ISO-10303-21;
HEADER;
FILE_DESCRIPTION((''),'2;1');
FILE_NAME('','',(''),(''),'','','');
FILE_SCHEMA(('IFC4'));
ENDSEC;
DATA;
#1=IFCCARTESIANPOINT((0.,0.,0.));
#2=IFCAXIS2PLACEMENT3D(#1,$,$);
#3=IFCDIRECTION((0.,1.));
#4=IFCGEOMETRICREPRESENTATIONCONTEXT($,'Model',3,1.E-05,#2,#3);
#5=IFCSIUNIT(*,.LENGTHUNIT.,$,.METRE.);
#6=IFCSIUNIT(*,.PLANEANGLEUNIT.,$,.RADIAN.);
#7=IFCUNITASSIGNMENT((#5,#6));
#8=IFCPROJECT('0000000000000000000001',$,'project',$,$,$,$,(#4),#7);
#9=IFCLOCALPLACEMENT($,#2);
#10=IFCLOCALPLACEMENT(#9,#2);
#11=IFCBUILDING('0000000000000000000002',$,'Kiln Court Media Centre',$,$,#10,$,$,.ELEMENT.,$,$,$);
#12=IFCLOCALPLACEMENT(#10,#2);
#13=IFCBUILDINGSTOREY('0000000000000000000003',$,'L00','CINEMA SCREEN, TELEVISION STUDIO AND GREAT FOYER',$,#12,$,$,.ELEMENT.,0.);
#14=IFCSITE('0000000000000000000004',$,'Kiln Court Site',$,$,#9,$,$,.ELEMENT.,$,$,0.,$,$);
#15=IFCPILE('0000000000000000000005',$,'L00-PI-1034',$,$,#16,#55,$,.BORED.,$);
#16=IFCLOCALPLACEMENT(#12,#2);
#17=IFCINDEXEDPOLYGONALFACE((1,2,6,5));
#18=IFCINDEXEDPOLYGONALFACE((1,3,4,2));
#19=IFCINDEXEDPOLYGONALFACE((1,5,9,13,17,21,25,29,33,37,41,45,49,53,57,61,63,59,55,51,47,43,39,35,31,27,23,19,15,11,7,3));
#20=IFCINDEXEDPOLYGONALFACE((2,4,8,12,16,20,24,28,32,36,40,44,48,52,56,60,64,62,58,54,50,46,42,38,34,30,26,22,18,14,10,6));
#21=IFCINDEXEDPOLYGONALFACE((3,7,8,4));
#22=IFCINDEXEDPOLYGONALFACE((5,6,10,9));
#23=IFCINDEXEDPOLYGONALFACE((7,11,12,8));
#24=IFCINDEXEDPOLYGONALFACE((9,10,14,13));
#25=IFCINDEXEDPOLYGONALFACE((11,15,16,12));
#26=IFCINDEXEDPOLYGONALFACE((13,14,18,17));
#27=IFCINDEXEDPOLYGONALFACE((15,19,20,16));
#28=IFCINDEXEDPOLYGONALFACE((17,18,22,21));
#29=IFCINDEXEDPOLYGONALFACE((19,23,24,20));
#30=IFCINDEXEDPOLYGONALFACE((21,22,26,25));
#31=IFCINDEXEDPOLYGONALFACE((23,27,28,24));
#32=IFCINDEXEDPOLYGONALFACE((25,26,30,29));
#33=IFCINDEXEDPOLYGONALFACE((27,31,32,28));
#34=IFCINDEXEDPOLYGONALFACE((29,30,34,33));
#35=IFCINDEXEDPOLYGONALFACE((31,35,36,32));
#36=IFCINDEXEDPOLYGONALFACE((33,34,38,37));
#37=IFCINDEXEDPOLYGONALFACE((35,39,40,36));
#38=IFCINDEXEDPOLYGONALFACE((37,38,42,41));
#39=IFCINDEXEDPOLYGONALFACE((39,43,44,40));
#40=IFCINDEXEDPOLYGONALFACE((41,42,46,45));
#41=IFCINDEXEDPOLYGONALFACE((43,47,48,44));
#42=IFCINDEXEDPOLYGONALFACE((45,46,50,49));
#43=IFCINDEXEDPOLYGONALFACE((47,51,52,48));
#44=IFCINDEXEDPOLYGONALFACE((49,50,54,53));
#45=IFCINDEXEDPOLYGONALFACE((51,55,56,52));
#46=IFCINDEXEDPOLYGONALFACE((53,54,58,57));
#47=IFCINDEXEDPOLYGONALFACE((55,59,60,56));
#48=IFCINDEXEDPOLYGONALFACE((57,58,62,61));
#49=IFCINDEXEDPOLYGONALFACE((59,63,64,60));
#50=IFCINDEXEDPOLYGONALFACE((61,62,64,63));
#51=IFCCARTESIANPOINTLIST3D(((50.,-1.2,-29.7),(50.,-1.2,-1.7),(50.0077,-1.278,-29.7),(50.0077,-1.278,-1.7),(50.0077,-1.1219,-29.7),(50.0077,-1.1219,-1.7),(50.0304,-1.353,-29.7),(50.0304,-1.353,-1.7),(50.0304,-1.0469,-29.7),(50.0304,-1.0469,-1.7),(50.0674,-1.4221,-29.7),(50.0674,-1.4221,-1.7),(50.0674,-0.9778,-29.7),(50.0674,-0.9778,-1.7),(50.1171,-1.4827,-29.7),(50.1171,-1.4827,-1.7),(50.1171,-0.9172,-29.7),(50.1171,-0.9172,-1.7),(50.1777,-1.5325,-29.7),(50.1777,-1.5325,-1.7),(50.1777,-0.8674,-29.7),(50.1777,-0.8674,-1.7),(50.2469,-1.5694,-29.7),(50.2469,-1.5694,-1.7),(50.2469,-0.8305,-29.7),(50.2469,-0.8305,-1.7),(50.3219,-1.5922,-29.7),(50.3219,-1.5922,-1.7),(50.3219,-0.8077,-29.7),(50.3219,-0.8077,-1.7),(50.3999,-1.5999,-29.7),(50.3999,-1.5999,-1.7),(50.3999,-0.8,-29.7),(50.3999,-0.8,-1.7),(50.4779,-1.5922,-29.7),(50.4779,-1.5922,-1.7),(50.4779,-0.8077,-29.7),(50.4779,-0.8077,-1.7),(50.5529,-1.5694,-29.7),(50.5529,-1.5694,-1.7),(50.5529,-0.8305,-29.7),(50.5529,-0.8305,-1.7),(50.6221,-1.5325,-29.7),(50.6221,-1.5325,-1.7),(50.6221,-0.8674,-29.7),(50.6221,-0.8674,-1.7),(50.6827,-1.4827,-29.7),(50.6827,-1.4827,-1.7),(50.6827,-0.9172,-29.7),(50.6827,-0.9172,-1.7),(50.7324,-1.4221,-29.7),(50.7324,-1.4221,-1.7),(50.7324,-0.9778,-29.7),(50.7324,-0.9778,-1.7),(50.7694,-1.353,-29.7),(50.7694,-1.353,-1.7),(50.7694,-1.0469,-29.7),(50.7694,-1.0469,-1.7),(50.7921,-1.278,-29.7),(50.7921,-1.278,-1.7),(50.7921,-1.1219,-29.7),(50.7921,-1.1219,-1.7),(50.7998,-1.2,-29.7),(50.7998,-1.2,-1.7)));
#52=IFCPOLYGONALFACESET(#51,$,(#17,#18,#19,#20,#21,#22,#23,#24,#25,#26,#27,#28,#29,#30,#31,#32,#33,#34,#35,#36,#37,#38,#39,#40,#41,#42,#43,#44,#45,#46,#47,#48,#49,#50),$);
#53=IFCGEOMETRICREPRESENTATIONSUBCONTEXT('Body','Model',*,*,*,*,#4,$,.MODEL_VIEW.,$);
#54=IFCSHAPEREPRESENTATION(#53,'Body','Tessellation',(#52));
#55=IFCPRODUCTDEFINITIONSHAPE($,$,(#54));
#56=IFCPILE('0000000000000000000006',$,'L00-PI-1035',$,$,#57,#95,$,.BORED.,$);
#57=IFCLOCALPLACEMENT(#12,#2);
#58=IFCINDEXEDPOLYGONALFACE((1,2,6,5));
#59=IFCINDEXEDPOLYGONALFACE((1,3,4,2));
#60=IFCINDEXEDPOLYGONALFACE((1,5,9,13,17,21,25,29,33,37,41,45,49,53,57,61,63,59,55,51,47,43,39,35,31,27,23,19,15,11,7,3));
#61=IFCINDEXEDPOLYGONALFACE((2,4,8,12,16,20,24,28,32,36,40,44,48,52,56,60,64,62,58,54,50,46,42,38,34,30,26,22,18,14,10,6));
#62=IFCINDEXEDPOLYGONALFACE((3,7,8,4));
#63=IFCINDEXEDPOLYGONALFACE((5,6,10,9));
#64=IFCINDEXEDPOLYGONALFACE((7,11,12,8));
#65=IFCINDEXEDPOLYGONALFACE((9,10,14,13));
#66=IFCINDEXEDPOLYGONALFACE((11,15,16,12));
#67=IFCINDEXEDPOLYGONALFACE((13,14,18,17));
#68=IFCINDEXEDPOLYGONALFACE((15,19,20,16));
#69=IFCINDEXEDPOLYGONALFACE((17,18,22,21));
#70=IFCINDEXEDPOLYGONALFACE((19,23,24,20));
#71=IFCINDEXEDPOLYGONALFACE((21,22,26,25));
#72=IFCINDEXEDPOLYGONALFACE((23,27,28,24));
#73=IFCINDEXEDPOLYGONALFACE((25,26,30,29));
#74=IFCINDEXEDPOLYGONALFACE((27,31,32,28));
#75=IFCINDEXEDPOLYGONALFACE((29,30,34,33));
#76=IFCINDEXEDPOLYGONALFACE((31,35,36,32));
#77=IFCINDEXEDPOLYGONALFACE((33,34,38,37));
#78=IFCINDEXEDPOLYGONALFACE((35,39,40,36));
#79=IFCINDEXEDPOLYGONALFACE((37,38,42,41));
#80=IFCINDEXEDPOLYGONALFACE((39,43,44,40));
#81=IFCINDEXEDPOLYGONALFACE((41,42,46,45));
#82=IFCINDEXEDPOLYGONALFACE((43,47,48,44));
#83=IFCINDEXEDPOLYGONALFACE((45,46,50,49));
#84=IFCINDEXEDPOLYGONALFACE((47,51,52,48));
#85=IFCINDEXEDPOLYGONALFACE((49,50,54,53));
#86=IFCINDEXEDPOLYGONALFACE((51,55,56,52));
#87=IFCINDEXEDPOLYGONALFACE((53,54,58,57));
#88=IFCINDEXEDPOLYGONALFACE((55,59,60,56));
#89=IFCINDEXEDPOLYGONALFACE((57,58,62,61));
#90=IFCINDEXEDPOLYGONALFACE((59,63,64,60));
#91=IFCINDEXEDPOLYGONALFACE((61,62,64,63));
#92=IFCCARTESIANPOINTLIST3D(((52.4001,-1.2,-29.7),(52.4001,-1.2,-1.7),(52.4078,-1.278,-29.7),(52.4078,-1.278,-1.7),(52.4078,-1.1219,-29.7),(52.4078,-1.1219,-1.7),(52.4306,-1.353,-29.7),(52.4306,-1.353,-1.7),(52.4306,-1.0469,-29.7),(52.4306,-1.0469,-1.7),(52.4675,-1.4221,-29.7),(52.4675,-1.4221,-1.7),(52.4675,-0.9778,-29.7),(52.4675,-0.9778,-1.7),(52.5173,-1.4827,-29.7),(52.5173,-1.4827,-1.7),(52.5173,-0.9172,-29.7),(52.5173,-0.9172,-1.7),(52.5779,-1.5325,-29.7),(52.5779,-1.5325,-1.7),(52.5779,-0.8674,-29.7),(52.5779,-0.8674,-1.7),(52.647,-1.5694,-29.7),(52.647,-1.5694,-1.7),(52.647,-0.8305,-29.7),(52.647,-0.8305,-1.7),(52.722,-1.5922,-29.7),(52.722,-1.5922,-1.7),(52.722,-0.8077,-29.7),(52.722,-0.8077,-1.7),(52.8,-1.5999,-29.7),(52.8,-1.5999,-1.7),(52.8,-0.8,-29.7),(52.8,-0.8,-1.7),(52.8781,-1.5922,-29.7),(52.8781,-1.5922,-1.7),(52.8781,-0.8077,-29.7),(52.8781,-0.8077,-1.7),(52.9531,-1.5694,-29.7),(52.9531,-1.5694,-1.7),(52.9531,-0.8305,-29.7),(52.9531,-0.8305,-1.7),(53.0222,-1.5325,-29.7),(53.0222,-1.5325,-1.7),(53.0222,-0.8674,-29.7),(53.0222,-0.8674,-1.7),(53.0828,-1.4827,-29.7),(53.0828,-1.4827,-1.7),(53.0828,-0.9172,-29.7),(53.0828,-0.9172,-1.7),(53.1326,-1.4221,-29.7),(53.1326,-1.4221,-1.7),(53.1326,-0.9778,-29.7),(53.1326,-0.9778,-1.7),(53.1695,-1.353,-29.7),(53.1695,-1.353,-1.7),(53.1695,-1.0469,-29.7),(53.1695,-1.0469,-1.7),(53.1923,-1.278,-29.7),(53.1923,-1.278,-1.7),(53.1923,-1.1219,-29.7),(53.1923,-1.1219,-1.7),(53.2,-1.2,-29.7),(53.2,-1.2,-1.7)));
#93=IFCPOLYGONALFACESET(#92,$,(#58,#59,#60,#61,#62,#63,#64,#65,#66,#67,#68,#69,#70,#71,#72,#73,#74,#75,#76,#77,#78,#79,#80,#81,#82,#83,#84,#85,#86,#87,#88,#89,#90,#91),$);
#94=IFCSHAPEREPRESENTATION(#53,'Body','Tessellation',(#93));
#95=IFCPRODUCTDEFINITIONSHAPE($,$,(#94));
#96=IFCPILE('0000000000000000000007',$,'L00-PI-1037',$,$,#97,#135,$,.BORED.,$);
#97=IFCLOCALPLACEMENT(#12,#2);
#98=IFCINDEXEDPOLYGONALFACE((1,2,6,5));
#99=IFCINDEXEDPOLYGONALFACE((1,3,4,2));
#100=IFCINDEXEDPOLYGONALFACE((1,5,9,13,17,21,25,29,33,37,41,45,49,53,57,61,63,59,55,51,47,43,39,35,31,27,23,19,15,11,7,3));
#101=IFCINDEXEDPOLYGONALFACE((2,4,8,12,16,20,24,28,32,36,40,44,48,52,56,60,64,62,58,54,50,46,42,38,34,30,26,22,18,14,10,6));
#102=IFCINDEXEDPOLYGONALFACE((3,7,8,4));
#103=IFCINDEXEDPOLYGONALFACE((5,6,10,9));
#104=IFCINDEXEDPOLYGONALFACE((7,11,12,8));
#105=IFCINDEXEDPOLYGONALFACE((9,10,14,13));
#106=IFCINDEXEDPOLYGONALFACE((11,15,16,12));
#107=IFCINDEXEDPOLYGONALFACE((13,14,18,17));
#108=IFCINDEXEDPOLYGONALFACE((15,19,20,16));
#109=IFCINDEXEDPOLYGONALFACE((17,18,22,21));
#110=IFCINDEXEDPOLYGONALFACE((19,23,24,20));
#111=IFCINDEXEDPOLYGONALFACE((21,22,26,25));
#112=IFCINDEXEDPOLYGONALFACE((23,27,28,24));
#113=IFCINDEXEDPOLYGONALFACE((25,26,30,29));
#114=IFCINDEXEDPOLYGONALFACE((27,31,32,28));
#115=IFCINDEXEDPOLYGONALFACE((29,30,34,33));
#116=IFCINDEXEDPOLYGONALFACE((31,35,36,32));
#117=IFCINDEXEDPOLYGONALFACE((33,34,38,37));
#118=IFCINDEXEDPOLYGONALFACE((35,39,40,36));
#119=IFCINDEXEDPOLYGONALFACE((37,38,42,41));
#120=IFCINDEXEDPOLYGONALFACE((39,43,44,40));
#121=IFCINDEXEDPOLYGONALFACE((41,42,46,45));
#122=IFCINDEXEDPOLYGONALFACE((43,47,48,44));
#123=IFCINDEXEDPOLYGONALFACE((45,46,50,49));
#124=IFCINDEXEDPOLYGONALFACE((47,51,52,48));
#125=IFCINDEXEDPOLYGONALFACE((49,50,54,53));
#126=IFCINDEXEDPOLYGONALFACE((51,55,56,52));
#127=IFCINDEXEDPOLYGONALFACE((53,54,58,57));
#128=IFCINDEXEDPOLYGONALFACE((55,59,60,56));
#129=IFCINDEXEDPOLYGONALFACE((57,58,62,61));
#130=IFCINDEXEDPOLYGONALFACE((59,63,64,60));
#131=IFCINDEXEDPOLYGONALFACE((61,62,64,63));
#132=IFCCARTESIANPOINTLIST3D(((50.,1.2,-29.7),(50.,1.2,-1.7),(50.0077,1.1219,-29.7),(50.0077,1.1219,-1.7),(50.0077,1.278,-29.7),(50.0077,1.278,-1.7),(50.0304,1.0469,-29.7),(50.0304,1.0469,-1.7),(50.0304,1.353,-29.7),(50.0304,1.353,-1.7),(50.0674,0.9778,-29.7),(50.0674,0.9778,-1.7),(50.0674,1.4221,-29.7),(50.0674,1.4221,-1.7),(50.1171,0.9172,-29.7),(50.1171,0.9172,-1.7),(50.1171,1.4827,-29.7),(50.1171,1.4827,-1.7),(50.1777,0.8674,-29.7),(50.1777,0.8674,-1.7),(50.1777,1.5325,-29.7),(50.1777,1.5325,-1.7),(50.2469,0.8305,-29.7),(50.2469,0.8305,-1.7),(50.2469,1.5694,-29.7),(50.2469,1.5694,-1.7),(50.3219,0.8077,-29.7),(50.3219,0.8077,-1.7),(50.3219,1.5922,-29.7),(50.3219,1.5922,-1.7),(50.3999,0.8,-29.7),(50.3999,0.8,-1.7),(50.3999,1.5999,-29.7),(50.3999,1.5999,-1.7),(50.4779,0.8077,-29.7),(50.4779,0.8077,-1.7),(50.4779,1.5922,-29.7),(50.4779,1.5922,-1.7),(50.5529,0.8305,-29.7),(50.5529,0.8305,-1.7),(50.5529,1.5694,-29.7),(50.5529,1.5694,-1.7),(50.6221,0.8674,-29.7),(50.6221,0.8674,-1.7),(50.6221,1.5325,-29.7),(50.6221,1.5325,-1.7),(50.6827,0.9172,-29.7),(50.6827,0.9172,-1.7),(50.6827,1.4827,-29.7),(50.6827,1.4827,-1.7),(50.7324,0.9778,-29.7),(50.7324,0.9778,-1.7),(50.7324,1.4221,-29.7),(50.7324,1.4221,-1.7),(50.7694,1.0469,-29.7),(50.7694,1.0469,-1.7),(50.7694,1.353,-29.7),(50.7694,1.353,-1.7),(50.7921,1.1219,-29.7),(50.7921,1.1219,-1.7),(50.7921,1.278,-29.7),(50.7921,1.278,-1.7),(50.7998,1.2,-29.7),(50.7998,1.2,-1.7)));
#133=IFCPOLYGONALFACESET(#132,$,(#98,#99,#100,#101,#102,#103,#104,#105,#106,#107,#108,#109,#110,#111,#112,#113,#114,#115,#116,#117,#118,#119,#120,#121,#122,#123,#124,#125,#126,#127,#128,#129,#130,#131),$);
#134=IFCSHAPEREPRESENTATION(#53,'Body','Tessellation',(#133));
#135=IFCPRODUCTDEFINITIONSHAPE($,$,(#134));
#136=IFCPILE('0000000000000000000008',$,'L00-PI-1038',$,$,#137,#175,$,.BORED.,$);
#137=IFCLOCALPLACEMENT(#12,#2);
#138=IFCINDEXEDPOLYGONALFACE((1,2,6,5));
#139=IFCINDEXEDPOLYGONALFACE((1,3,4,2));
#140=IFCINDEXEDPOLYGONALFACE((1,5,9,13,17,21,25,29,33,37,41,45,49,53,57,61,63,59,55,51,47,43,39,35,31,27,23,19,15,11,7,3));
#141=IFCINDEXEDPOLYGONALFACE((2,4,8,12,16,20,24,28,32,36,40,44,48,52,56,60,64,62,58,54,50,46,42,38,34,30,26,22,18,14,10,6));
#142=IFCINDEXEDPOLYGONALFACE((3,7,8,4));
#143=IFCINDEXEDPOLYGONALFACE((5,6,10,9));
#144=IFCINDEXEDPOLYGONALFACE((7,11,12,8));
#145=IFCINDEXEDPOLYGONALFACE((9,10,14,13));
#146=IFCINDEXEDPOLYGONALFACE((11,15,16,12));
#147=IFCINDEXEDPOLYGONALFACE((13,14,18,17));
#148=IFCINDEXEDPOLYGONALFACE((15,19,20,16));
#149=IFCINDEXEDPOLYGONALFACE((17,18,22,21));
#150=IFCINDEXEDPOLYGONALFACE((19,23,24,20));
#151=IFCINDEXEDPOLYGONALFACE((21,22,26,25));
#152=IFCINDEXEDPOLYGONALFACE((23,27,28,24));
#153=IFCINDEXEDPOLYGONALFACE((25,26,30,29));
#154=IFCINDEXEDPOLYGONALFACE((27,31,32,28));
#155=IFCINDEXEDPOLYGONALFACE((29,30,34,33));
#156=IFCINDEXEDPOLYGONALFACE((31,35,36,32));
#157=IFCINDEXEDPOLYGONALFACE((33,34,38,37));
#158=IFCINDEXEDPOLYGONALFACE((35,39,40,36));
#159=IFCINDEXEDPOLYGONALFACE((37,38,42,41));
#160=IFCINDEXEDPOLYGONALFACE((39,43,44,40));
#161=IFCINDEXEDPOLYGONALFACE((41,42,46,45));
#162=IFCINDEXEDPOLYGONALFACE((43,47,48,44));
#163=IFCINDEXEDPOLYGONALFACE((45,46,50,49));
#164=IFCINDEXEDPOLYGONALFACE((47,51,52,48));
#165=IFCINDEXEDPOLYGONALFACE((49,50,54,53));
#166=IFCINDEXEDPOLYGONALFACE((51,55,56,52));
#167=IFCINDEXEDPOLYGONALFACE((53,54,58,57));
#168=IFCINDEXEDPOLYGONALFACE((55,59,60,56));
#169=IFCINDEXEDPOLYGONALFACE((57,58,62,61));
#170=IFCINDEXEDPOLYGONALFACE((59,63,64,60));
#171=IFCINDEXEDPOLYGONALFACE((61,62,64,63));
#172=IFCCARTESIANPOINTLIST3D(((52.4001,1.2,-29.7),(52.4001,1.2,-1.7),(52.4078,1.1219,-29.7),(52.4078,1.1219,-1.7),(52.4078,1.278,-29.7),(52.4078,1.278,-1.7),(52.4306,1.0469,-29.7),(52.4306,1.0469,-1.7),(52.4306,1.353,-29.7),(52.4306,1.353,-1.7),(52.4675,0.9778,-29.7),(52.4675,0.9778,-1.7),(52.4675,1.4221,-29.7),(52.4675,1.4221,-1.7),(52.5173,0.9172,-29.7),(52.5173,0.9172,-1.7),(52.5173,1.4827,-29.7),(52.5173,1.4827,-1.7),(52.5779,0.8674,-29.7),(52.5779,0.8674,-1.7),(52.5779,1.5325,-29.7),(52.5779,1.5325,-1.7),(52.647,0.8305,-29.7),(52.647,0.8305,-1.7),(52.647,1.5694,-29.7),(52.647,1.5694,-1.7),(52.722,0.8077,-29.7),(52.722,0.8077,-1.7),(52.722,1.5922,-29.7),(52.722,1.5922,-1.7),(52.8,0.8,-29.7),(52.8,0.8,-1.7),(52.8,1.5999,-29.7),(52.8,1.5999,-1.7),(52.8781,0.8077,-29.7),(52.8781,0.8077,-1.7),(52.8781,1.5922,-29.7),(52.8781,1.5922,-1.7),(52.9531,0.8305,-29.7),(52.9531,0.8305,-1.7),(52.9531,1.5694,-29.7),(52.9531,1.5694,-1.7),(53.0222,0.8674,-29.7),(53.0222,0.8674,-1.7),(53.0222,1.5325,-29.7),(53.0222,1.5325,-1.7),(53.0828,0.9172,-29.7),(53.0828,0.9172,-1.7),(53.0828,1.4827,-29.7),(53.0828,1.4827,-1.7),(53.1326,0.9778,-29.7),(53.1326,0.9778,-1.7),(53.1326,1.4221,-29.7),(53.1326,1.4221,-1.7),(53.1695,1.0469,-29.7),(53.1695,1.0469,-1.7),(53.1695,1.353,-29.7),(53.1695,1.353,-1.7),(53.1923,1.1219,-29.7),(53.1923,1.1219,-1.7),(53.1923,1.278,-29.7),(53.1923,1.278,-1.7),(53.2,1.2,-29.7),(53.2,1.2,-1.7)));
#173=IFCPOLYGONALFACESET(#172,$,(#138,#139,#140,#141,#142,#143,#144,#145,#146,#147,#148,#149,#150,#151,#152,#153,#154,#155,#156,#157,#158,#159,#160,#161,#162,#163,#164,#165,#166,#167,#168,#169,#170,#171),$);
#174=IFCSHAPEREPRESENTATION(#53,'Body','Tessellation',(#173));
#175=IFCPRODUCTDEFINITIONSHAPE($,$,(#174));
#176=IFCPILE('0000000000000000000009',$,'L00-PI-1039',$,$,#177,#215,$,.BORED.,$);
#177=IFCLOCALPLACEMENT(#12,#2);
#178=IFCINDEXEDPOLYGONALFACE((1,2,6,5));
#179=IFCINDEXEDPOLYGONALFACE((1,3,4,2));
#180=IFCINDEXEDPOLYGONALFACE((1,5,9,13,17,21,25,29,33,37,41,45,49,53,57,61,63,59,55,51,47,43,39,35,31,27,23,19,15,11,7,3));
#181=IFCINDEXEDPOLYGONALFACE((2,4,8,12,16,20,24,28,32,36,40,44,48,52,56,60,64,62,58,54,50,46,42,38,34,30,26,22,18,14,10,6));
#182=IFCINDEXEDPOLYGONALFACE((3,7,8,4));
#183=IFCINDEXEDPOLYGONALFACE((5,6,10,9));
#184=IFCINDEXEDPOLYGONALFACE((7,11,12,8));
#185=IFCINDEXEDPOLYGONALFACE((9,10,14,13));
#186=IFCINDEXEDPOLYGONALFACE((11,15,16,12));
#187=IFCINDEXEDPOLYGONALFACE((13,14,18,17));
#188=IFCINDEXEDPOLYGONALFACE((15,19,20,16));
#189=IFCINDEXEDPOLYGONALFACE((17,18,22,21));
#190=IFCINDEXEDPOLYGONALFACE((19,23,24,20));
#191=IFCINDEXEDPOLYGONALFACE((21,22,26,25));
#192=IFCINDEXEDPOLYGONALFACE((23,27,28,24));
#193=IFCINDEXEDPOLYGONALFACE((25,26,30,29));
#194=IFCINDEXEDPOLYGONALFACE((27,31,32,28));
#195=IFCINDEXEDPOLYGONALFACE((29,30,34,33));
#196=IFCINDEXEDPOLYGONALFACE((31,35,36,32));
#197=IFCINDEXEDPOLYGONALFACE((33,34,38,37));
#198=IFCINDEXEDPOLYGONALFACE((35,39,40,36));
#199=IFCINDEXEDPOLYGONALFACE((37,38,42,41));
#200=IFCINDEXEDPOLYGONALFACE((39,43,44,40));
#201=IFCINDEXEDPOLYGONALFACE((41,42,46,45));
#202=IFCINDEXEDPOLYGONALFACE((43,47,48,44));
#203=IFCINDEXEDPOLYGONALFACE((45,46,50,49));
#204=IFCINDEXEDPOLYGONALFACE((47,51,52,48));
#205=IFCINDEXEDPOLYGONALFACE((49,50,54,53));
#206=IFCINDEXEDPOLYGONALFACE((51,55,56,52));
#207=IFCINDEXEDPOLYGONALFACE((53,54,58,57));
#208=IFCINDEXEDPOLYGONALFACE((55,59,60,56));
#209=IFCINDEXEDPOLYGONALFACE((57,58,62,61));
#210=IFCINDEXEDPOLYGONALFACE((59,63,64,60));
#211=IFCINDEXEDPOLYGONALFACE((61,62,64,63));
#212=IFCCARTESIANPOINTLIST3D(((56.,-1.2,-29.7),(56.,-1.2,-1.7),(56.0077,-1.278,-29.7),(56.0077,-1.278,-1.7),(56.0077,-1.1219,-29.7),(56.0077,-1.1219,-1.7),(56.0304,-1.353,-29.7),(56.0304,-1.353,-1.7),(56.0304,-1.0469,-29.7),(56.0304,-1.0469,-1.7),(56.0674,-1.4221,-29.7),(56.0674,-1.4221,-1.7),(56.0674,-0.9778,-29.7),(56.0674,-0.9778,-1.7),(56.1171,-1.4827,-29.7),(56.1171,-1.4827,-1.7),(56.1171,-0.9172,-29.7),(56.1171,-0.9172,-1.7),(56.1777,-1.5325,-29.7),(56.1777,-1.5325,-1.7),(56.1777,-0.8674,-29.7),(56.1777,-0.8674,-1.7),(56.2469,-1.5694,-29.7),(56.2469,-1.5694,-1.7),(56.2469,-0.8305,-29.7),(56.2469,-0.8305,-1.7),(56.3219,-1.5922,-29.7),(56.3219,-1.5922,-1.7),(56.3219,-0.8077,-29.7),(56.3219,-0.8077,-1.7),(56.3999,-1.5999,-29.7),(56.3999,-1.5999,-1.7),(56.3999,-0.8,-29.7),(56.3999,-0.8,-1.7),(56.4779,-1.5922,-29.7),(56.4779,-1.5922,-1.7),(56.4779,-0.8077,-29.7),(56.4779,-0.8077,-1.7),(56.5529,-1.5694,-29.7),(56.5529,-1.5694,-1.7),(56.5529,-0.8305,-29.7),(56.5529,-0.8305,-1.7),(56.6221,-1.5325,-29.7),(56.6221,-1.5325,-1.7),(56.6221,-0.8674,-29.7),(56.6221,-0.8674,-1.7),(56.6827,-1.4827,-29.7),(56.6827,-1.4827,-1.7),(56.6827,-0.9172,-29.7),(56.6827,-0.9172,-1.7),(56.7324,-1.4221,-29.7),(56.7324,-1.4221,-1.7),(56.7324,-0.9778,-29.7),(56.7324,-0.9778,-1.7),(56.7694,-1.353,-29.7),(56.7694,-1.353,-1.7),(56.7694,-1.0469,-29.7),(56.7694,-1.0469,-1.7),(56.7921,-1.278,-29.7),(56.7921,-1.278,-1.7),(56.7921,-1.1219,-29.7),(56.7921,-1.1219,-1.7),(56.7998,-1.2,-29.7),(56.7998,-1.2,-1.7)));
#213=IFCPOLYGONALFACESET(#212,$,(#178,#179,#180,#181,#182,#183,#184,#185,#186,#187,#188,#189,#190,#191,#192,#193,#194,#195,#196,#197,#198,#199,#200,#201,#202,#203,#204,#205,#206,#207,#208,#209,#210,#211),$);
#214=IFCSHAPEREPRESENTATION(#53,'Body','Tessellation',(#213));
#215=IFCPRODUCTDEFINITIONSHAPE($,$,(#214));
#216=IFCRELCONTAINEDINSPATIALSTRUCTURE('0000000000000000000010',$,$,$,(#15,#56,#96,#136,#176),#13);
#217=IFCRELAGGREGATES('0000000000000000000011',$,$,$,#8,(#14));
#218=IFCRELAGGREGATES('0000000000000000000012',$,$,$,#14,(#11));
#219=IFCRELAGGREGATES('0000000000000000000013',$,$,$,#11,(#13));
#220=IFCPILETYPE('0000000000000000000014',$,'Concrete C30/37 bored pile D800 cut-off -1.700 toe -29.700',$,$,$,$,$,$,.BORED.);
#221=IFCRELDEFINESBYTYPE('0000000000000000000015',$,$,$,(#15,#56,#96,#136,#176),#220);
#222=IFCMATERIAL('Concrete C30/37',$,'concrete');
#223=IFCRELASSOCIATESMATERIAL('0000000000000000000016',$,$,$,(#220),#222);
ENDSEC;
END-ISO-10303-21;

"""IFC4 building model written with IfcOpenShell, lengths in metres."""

from ifc_helpers import new_model, si_unit, direction, frame, origin, origin_2d, place, context, subcontext, project, spatial, circle, extrude, material, material_profile, profile_set, type_object, element, save


model = new_model("IFC4")

# Units and contexts
model_context = context("Model", 3, precision=1e-05, world=origin(), true_north=direction((0.0, 1.0)))
body_context = subcontext(model_context, "Body", "Model", "MODEL_VIEW")
ifc_project = project(units=[si_unit("LENGTHUNIT", "METRE"), si_unit("PLANEANGLEUNIT", "RADIAN")], contexts=[model_context])

# Site, building, storey
site_placement = place(None, origin())
site = spatial("IfcSite", under=ifc_project, at=site_placement, Name="Kiln Court Site", CompositionType="ELEMENT", RefElevation=0.0)
building_placement = place(site_placement, origin())
building = spatial("IfcBuilding", under=site, at=building_placement, Name="Kiln Court Media Centre", CompositionType="ELEMENT")
storey_placement = place(building_placement, origin())
storey = spatial("IfcBuildingStorey", under=building, at=storey_placement, Name="L00", Description="CINEMA SCREEN, TELEVISION STUDIO AND GREAT FOYER", CompositionType="ELEMENT", Elevation=0.0)

# Piles
ifc_material_1 = material(Name="Concrete C30/37", Category="concrete")
ifc_material_profile_1 = material_profile(ifc_material_1, circle(Radius=0.3999, at=origin_2d()), Name="PILE D800")
ifc_profile_set_1 = profile_set([ifc_material_profile_1], Name="Concrete C30/37")
pile_type = type_object("IfcPileType", Name="Concrete C30/37 bored pile D800 cut-off -1.700 toe -29.700", PredefinedType="BORED", material=ifc_profile_set_1)
for number, where, z_axis, x_axis, name in (
    (1, (50.3999, -1.2, -1.7), (0.0, 0.0, -1.0), (1.0, 0.0, 0.0), "L00-PI-1034"),
    (2, (52.8, -1.2, -1.7), (0.0, 0.0, -1.0), (1.0, 0.0, 0.0), "L00-PI-1035"),
    (3, (50.3999, 1.2, -1.7), (0.0, 0.0, -1.0), (1.0, 0.0, 0.0), "L00-PI-1037"),
    (4, (52.8, 1.2, -1.7), (0.0, 0.0, -1.0), (1.0, 0.0, 0.0), "L00-PI-1038"),
    (5, (56.3999, -1.2, -1.7), (0.0, 0.0, -1.0), (1.0, 0.0, 0.0), "L00-PI-1039"),
):
    element("IfcPile", number, at=place(storey_placement, frame(where, z_axis=z_axis, x_axis=x_axis)), inside=storey, type_object=pile_type, Name=name, PredefinedType="BORED", context=body_context, shape_type="SweptSolid", body=[
        extrude(circle(Radius=0.3999, at=origin_2d()), origin(), (0.0, 0.0, 1.0), 28.0),
    ])

save(model, "model.ifc")
